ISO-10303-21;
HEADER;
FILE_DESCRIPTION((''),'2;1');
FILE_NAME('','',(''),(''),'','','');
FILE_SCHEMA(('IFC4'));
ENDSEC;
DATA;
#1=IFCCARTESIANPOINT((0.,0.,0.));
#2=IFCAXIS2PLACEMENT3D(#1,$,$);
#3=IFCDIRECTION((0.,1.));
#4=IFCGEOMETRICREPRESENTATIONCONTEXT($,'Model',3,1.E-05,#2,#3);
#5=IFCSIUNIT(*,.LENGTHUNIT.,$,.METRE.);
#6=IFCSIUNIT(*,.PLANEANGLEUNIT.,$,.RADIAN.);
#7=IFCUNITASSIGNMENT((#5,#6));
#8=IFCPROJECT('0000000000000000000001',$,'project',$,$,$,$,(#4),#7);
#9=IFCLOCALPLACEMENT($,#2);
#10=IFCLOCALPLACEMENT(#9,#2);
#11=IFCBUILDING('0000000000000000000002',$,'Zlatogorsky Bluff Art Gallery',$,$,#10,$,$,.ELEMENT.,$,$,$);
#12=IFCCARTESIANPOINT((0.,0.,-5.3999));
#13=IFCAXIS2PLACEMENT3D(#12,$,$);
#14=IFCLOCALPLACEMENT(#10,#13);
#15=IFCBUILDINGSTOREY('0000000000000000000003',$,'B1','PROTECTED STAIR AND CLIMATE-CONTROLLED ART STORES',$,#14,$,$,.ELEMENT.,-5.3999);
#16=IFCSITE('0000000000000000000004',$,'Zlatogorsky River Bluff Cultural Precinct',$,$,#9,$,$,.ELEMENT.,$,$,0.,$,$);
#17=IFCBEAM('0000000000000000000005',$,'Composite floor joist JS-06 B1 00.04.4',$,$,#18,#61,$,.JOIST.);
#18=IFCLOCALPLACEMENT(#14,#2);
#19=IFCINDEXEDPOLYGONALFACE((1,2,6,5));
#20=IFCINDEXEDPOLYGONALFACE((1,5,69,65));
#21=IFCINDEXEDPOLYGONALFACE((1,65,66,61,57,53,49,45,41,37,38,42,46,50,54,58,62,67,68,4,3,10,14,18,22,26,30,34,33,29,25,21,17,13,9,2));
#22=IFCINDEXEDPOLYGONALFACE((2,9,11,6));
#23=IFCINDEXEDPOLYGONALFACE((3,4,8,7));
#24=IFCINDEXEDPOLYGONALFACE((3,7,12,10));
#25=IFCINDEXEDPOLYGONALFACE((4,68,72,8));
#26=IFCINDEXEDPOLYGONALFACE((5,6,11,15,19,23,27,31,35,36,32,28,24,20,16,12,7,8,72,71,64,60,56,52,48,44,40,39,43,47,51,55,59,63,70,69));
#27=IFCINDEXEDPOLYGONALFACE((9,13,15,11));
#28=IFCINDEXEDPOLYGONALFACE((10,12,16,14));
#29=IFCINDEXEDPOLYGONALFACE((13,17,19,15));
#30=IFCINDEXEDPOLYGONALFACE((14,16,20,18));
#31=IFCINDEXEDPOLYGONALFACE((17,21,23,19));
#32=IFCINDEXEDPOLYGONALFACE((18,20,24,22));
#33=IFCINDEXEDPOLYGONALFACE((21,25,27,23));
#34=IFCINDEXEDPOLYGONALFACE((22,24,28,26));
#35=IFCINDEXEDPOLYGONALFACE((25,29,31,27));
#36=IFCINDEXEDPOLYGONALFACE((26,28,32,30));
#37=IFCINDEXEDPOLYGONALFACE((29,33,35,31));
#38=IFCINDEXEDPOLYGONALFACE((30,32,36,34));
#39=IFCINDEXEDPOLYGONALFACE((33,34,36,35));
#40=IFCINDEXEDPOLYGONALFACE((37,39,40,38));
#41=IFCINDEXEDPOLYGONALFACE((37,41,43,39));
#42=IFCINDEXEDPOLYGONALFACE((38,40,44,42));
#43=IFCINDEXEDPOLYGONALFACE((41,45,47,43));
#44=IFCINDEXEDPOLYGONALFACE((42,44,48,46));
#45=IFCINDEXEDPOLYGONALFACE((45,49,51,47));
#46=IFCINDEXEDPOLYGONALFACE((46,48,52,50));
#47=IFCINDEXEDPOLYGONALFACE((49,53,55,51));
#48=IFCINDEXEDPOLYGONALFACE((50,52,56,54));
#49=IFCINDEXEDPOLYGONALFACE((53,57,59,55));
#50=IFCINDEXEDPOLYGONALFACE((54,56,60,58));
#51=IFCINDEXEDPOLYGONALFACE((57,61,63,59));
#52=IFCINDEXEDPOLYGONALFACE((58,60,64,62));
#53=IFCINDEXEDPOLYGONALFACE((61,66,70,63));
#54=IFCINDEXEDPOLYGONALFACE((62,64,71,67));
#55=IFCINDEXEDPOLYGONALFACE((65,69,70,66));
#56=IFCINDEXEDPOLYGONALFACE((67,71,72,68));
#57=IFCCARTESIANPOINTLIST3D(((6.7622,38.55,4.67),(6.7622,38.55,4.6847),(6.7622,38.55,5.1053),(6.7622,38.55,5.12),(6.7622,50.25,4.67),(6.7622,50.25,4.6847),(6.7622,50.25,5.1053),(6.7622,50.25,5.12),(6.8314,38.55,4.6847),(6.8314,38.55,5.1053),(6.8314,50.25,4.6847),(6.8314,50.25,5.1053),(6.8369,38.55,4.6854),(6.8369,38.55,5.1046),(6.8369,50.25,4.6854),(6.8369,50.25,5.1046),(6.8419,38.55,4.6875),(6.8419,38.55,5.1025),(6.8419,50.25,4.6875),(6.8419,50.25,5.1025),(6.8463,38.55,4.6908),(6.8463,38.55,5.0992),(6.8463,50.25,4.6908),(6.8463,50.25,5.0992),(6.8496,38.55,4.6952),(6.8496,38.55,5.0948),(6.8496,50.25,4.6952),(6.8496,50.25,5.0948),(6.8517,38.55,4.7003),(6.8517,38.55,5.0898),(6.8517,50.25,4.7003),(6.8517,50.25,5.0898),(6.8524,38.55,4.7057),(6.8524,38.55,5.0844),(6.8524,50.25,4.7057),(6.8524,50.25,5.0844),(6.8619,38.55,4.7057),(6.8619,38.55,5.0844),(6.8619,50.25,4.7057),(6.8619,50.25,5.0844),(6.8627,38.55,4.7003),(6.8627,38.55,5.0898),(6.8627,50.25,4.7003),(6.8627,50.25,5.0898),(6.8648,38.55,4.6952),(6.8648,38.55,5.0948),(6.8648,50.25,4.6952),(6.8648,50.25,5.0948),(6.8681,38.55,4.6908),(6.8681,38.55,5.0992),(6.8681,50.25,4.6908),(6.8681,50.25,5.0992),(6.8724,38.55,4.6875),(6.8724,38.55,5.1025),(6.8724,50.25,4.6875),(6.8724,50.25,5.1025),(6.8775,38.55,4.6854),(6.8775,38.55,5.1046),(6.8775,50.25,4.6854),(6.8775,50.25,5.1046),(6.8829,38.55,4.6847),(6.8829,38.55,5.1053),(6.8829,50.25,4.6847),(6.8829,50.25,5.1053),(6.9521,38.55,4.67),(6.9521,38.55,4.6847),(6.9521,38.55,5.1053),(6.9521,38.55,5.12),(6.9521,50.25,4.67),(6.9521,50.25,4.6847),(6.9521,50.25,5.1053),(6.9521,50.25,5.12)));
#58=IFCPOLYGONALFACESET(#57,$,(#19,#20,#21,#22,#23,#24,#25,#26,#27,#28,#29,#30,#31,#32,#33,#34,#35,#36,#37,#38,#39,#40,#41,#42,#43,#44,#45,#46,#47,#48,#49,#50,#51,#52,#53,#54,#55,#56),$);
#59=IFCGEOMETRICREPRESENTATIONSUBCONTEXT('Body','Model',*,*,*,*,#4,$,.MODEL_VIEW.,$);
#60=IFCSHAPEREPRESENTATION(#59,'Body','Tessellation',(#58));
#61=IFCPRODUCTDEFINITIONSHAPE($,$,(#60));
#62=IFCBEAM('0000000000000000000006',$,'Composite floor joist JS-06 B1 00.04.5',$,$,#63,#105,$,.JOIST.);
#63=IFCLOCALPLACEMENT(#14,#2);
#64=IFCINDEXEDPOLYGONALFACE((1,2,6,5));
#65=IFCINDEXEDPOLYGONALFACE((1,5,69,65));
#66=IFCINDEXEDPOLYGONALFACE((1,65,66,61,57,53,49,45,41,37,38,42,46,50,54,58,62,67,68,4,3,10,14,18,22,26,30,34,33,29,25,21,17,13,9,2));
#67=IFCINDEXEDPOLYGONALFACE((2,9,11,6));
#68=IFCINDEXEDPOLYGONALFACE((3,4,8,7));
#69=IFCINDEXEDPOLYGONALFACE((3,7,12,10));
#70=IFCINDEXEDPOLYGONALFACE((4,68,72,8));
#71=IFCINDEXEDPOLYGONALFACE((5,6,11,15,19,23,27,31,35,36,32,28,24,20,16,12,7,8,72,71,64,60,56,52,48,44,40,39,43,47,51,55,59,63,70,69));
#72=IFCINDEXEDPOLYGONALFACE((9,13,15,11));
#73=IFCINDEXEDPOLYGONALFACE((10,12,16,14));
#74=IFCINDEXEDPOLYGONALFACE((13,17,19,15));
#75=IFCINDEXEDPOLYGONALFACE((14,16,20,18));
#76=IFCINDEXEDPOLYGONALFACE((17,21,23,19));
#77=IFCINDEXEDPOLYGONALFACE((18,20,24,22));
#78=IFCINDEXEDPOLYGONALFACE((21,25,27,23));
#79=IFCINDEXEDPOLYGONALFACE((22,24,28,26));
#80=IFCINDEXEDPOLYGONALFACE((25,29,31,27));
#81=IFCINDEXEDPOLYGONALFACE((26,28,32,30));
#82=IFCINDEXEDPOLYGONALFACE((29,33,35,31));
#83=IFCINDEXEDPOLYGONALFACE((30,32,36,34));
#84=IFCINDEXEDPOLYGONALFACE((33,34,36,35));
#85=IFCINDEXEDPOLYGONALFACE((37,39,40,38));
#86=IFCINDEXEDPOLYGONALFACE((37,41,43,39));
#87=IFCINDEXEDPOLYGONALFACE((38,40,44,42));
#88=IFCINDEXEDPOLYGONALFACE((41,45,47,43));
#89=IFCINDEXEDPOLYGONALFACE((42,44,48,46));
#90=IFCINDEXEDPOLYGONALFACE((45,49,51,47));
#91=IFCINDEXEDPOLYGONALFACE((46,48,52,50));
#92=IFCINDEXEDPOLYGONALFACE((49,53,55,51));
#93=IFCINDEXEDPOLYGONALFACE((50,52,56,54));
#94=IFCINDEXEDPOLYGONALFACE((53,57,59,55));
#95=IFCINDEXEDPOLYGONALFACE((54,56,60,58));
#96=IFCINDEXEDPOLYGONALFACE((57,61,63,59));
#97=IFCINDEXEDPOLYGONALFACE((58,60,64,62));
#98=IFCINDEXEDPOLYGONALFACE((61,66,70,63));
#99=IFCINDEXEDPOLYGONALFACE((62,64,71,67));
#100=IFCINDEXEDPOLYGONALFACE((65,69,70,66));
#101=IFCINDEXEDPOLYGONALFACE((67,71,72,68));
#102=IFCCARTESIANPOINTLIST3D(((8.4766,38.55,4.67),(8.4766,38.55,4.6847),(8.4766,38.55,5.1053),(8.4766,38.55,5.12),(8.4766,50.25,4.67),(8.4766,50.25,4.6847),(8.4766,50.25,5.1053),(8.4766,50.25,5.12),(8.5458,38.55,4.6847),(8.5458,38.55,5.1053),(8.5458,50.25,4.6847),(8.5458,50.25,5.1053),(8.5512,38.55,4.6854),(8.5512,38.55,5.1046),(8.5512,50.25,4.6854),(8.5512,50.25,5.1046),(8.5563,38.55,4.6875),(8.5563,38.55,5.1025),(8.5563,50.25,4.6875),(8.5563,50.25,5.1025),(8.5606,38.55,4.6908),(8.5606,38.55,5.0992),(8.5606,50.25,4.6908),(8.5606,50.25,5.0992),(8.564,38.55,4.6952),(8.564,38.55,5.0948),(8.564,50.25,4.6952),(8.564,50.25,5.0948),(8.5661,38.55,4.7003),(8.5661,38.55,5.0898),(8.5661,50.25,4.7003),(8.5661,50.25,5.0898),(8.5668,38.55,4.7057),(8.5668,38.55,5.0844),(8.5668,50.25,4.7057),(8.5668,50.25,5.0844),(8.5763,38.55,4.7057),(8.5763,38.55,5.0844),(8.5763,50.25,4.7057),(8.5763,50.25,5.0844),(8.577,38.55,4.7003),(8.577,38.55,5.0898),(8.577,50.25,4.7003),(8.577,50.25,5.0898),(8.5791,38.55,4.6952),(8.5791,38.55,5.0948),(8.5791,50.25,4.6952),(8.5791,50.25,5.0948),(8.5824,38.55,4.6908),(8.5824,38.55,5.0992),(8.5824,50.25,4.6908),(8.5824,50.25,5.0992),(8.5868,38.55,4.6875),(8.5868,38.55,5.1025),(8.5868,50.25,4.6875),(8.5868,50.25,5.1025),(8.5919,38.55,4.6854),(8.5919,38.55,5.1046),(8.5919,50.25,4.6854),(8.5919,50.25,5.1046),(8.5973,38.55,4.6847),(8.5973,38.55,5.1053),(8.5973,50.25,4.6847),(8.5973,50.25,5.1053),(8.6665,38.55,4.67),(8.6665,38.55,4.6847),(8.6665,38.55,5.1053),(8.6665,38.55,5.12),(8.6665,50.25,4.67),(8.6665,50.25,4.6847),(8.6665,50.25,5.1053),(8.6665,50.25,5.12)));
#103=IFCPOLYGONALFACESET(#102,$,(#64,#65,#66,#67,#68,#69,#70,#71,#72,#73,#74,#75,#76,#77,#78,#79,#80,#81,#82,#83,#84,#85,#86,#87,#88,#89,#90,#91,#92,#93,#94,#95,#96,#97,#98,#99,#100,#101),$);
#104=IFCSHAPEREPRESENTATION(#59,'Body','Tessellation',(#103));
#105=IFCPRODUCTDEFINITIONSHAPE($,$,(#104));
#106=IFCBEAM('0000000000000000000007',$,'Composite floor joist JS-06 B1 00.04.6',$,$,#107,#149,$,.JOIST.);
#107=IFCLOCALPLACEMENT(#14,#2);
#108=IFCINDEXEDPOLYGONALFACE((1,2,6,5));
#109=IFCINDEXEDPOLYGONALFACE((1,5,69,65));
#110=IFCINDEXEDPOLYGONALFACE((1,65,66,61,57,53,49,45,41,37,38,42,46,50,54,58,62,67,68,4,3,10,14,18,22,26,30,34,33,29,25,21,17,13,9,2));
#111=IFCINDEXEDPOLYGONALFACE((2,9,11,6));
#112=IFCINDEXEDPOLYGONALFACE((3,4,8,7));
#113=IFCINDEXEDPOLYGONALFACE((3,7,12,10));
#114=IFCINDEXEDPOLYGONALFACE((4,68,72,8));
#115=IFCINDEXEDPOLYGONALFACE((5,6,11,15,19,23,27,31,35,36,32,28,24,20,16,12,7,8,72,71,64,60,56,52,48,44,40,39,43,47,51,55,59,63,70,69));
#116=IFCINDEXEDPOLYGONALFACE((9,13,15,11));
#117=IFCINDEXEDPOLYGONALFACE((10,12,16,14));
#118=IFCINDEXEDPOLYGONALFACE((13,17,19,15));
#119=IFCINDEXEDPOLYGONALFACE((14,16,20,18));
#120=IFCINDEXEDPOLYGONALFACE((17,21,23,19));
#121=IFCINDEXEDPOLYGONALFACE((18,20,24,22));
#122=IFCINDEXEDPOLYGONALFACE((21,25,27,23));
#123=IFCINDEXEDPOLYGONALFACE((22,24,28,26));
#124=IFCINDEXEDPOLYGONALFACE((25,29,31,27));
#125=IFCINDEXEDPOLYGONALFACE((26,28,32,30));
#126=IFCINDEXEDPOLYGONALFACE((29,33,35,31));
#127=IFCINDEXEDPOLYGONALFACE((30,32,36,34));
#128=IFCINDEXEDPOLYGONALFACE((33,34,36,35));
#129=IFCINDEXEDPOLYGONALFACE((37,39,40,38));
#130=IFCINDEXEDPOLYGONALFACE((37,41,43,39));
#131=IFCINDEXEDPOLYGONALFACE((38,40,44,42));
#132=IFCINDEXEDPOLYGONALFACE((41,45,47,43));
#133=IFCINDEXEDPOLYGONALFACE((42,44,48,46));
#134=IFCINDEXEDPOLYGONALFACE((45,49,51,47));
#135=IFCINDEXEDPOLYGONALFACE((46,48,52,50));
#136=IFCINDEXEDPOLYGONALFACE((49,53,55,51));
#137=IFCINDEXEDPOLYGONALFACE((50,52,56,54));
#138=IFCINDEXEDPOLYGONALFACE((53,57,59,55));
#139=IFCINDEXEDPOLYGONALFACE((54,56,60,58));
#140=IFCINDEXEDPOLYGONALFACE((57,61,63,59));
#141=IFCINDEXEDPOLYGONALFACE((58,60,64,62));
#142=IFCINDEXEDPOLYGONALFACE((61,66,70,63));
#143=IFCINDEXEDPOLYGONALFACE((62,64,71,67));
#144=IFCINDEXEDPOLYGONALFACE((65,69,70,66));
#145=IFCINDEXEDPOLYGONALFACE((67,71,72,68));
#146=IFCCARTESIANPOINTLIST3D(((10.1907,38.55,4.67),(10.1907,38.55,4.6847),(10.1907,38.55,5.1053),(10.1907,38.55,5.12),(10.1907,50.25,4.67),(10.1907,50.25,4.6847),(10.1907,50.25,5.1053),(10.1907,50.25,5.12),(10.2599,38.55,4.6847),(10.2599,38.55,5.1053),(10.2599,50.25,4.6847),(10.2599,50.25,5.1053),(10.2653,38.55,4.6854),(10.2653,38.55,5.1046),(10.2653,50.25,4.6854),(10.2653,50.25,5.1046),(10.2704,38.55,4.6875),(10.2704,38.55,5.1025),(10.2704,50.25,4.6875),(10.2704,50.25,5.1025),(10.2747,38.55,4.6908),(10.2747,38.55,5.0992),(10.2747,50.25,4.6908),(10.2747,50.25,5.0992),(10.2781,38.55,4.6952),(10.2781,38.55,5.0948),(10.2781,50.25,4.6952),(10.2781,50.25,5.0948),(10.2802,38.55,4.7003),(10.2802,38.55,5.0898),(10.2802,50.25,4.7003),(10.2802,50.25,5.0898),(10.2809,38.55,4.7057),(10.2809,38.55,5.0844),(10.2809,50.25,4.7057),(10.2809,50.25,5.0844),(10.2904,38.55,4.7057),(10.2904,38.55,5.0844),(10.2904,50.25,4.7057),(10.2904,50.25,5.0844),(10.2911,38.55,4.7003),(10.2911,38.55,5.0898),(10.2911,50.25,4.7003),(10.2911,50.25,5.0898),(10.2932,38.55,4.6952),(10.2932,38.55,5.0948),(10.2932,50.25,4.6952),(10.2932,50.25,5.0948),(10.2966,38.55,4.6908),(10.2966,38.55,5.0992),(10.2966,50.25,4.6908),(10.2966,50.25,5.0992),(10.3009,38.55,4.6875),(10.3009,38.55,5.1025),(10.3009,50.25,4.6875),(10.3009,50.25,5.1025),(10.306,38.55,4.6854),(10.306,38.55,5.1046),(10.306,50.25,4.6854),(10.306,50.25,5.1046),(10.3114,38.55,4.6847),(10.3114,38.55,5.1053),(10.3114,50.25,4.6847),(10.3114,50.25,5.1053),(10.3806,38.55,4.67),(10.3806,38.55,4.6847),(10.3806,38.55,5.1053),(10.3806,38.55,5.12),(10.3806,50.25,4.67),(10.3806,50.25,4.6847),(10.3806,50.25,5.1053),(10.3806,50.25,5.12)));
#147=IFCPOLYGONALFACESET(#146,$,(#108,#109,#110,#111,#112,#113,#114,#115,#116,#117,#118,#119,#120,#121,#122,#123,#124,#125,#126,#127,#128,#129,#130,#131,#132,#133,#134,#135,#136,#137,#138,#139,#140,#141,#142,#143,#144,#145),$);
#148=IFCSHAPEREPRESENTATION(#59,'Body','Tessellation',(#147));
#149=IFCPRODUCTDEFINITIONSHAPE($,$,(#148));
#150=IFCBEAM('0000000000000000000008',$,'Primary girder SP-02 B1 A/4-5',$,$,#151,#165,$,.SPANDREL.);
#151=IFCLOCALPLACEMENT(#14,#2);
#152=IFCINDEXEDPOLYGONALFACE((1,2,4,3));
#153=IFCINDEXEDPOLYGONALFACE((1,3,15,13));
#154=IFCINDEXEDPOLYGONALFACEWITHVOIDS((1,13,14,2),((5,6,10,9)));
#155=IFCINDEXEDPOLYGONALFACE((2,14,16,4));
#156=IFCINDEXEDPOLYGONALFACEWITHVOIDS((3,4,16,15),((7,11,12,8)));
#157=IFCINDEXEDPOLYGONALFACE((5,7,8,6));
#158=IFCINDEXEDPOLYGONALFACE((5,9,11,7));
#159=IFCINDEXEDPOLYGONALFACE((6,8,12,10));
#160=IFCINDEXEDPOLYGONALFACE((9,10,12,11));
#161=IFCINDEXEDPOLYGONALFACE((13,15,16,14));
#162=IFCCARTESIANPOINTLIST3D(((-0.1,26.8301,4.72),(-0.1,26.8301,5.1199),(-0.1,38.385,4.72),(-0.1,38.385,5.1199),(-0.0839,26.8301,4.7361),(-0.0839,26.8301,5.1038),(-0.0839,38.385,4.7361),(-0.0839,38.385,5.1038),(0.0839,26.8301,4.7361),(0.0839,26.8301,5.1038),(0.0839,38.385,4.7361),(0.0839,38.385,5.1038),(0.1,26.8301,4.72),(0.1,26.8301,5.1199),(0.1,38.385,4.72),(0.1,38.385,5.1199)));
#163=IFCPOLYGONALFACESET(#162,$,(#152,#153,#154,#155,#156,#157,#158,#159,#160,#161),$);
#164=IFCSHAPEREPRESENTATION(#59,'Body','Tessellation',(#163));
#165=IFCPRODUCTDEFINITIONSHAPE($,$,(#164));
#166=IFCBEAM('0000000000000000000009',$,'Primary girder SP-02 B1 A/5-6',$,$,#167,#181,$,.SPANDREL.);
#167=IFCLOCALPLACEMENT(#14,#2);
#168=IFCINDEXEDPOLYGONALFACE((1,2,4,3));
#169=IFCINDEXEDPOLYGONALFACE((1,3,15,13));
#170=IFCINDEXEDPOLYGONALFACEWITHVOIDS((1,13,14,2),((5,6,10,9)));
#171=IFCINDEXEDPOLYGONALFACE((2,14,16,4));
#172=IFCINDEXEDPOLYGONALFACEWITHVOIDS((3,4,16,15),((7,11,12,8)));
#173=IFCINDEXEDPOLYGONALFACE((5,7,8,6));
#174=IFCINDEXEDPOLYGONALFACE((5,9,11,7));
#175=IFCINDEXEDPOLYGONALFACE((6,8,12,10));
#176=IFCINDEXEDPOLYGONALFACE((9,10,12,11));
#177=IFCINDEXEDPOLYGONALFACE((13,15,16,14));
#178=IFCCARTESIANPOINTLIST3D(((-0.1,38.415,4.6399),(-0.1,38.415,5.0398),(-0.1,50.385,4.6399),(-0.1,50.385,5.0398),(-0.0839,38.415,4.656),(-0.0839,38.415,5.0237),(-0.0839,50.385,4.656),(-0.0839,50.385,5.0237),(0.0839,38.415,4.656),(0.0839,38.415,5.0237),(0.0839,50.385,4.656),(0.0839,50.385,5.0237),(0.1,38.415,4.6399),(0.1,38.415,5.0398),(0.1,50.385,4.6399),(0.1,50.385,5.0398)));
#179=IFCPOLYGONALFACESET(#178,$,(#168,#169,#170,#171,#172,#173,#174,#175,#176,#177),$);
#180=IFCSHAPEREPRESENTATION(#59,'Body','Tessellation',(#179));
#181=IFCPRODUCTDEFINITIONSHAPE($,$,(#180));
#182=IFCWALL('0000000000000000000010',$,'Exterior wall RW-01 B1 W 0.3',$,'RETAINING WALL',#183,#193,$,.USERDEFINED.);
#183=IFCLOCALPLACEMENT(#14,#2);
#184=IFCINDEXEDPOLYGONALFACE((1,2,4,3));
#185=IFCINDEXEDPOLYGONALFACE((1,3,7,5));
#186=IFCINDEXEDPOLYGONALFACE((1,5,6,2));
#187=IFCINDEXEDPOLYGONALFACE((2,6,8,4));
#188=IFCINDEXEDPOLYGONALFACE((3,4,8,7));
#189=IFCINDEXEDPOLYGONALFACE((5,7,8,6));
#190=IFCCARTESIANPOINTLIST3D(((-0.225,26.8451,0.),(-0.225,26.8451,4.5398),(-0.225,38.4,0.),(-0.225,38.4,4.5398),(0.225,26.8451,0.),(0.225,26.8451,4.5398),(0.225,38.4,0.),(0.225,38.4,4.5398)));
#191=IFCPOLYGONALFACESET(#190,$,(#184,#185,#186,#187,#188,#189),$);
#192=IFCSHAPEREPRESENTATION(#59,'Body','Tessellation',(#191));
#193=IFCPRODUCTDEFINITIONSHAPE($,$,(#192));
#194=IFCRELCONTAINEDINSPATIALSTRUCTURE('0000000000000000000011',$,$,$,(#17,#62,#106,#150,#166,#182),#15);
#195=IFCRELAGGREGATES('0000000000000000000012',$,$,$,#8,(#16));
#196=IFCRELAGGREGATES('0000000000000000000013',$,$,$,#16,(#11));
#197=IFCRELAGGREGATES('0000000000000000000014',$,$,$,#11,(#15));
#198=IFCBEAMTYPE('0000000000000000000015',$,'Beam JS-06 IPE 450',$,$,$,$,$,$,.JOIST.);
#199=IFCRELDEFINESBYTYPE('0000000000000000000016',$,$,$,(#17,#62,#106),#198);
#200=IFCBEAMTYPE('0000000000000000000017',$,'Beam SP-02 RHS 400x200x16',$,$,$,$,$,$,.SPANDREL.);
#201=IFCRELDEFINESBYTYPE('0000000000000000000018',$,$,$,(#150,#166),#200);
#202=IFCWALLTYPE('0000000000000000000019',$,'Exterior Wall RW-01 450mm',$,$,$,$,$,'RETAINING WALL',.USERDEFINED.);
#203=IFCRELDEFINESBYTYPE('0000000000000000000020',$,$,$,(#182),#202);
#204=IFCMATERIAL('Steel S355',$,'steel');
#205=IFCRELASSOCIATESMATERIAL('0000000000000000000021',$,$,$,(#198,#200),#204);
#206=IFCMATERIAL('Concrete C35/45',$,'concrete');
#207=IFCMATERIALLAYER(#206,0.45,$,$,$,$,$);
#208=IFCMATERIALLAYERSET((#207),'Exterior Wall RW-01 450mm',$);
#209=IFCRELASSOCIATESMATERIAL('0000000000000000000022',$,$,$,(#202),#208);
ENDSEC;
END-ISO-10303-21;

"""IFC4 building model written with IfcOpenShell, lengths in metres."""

from ifc_helpers import new_model, si_unit, direction, frame, frame_2d, origin, origin_2d, place, context, subcontext, project, spatial, rectangle, hollow_rectangle, i_section, extrude, material, layer, layer_set, material_profile, profile_set, type_object, element, save


model = new_model("IFC4")

# Units and contexts
model_context = context("Model", 3, precision=1e-05, world=origin(), true_north=direction((0.0, 1.0)))
body_context = subcontext(model_context, "Body", "Model", "MODEL_VIEW")
ifc_project = project(units=[si_unit("LENGTHUNIT", "METRE"), si_unit("PLANEANGLEUNIT", "RADIAN")], contexts=[model_context])

# Site, building, storey
site_placement = place(None, origin())
site = spatial("IfcSite", under=ifc_project, at=site_placement, Name="Zlatogorsky River Bluff Cultural Precinct", CompositionType="ELEMENT", RefElevation=0.0)
building_placement = place(site_placement, origin())
building = spatial("IfcBuilding", under=site, at=building_placement, Name="Zlatogorsky Bluff Art Gallery", CompositionType="ELEMENT")
storey_placement = place(building_placement, frame((0.0, 0.0, -5.3999)))
storey = spatial("IfcBuildingStorey", under=building, at=storey_placement, Name="B1", Description="PROTECTED STAIR AND CLIMATE-CONTROLLED ART STORES", CompositionType="ELEMENT", Elevation=-5.3999)

# Shared definitions
ifc_material_1 = material(Name="Concrete C35/45", Category="concrete")

# Shared definitions
ifc_material_2 = material(Name="Steel S355", Category="steel")

# Beams
ifc_material_profile_1 = material_profile(ifc_material_2, i_section(OverallWidth=0.1899, OverallDepth=0.45, WebThickness=0.0095, FlangeThickness=0.0146, FilletRadius=0.021, at=origin_2d()), Name="IPE 450")
ifc_profile_set_1 = profile_set([ifc_material_profile_1], Name="Steel S355")
beam_type_1 = type_object("IfcBeamType", Name="Beam JS-06 IPE 450", PredefinedType="JOIST", material=ifc_profile_set_1)
for number, where, z_axis, x_axis, name in (
    (1, (6.8572, 38.55, 4.895), (0.0, 1.0, 0.0), (-1.0, 0.0, 0.0), "Composite floor joist JS-06 B1 00.04.4"),
    (2, (8.5715, 38.55, 4.895), (0.0, 1.0, 0.0), (-1.0, 0.0, 0.0), "Composite floor joist JS-06 B1 00.04.5"),
    (3, (10.2856, 38.55, 4.895), (0.0, 1.0, 0.0), (-1.0, 0.0, 0.0), "Composite floor joist JS-06 B1 00.04.6"),
):
    element("IfcBeam", number, at=place(storey_placement, frame(where, z_axis=z_axis, x_axis=x_axis)), inside=storey, type_object=beam_type_1, Name=name, PredefinedType="JOIST", context=body_context, shape_type="SweptSolid", body=[
        extrude(i_section(OverallWidth=0.1899, OverallDepth=0.45, WebThickness=0.0095, FlangeThickness=0.0146, FilletRadius=0.021, at=origin_2d()), origin(), (0.0, 0.0, 1.0), 11.7),
    ])
ifc_material_profile_2 = material_profile(ifc_material_2, hollow_rectangle(XDim=0.2, YDim=0.3999, WallThickness=0.0161, at=origin_2d()), Name="RHS 400x200x16")
ifc_profile_set_2 = profile_set([ifc_material_profile_2], Name="Steel S355")
beam_type_2 = type_object("IfcBeamType", Name="Beam SP-02 RHS 400x200x16", PredefinedType="SPANDREL", material=ifc_profile_set_2)
beam_1_placement = place(storey_placement, frame((0.0, 26.8301, 4.9199), z_axis=(0.0, 1.0, 0.0), x_axis=(-1.0, 0.0, 0.0)))
element("IfcBeam", 4, at=beam_1_placement, inside=storey, type_object=beam_type_2, Name="Primary girder SP-02 B1 A/4-5", PredefinedType="SPANDREL", context=body_context, shape_type="SweptSolid", body=[
    extrude(hollow_rectangle(XDim=0.2, YDim=0.3999, WallThickness=0.0161, at=origin_2d()), origin(), (0.0, 0.0, 1.0), 11.5549),
])
beam_2_placement = place(storey_placement, frame((0.0, 38.415, 4.8398), z_axis=(0.0, 1.0, 0.0), x_axis=(-1.0, 0.0, 0.0)))
element("IfcBeam", 5, at=beam_2_placement, inside=storey, type_object=beam_type_2, Name="Primary girder SP-02 B1 A/5-6", PredefinedType="SPANDREL", context=body_context, shape_type="SweptSolid", body=[
    extrude(hollow_rectangle(XDim=0.2, YDim=0.3999, WallThickness=0.0161, at=origin_2d()), origin(), (0.0, 0.0, 1.0), 11.97),
])

# Wall
ifc_layer = layer(ifc_material_1, 0.45)
ifc_layer_set = layer_set([ifc_layer], Name="Exterior Wall RW-01 450mm")
wall_type = type_object("IfcWallType", Name="Exterior Wall RW-01 450mm", ElementType="RETAINING WALL", PredefinedType="USERDEFINED", material=ifc_layer_set)
wall_placement = place(storey_placement, frame((0.0, 38.3999, 0.0), z_axis=(0.0, 0.0, 1.0), x_axis=(0.0, -1.0, 0.0)))
element("IfcWall", 6, at=wall_placement, inside=storey, type_object=wall_type, Name="Exterior wall RW-01 B1 W 0.3", ObjectType="RETAINING WALL", PredefinedType="USERDEFINED", context=body_context, shape_type="SweptSolid", body=[
    extrude(rectangle(XDim=11.5549, YDim=0.45, at=frame_2d((5.7773, 0.0))), origin(), (0.0, 0.0, 1.0), 4.5398),
])

save(model, "model.ifc")
